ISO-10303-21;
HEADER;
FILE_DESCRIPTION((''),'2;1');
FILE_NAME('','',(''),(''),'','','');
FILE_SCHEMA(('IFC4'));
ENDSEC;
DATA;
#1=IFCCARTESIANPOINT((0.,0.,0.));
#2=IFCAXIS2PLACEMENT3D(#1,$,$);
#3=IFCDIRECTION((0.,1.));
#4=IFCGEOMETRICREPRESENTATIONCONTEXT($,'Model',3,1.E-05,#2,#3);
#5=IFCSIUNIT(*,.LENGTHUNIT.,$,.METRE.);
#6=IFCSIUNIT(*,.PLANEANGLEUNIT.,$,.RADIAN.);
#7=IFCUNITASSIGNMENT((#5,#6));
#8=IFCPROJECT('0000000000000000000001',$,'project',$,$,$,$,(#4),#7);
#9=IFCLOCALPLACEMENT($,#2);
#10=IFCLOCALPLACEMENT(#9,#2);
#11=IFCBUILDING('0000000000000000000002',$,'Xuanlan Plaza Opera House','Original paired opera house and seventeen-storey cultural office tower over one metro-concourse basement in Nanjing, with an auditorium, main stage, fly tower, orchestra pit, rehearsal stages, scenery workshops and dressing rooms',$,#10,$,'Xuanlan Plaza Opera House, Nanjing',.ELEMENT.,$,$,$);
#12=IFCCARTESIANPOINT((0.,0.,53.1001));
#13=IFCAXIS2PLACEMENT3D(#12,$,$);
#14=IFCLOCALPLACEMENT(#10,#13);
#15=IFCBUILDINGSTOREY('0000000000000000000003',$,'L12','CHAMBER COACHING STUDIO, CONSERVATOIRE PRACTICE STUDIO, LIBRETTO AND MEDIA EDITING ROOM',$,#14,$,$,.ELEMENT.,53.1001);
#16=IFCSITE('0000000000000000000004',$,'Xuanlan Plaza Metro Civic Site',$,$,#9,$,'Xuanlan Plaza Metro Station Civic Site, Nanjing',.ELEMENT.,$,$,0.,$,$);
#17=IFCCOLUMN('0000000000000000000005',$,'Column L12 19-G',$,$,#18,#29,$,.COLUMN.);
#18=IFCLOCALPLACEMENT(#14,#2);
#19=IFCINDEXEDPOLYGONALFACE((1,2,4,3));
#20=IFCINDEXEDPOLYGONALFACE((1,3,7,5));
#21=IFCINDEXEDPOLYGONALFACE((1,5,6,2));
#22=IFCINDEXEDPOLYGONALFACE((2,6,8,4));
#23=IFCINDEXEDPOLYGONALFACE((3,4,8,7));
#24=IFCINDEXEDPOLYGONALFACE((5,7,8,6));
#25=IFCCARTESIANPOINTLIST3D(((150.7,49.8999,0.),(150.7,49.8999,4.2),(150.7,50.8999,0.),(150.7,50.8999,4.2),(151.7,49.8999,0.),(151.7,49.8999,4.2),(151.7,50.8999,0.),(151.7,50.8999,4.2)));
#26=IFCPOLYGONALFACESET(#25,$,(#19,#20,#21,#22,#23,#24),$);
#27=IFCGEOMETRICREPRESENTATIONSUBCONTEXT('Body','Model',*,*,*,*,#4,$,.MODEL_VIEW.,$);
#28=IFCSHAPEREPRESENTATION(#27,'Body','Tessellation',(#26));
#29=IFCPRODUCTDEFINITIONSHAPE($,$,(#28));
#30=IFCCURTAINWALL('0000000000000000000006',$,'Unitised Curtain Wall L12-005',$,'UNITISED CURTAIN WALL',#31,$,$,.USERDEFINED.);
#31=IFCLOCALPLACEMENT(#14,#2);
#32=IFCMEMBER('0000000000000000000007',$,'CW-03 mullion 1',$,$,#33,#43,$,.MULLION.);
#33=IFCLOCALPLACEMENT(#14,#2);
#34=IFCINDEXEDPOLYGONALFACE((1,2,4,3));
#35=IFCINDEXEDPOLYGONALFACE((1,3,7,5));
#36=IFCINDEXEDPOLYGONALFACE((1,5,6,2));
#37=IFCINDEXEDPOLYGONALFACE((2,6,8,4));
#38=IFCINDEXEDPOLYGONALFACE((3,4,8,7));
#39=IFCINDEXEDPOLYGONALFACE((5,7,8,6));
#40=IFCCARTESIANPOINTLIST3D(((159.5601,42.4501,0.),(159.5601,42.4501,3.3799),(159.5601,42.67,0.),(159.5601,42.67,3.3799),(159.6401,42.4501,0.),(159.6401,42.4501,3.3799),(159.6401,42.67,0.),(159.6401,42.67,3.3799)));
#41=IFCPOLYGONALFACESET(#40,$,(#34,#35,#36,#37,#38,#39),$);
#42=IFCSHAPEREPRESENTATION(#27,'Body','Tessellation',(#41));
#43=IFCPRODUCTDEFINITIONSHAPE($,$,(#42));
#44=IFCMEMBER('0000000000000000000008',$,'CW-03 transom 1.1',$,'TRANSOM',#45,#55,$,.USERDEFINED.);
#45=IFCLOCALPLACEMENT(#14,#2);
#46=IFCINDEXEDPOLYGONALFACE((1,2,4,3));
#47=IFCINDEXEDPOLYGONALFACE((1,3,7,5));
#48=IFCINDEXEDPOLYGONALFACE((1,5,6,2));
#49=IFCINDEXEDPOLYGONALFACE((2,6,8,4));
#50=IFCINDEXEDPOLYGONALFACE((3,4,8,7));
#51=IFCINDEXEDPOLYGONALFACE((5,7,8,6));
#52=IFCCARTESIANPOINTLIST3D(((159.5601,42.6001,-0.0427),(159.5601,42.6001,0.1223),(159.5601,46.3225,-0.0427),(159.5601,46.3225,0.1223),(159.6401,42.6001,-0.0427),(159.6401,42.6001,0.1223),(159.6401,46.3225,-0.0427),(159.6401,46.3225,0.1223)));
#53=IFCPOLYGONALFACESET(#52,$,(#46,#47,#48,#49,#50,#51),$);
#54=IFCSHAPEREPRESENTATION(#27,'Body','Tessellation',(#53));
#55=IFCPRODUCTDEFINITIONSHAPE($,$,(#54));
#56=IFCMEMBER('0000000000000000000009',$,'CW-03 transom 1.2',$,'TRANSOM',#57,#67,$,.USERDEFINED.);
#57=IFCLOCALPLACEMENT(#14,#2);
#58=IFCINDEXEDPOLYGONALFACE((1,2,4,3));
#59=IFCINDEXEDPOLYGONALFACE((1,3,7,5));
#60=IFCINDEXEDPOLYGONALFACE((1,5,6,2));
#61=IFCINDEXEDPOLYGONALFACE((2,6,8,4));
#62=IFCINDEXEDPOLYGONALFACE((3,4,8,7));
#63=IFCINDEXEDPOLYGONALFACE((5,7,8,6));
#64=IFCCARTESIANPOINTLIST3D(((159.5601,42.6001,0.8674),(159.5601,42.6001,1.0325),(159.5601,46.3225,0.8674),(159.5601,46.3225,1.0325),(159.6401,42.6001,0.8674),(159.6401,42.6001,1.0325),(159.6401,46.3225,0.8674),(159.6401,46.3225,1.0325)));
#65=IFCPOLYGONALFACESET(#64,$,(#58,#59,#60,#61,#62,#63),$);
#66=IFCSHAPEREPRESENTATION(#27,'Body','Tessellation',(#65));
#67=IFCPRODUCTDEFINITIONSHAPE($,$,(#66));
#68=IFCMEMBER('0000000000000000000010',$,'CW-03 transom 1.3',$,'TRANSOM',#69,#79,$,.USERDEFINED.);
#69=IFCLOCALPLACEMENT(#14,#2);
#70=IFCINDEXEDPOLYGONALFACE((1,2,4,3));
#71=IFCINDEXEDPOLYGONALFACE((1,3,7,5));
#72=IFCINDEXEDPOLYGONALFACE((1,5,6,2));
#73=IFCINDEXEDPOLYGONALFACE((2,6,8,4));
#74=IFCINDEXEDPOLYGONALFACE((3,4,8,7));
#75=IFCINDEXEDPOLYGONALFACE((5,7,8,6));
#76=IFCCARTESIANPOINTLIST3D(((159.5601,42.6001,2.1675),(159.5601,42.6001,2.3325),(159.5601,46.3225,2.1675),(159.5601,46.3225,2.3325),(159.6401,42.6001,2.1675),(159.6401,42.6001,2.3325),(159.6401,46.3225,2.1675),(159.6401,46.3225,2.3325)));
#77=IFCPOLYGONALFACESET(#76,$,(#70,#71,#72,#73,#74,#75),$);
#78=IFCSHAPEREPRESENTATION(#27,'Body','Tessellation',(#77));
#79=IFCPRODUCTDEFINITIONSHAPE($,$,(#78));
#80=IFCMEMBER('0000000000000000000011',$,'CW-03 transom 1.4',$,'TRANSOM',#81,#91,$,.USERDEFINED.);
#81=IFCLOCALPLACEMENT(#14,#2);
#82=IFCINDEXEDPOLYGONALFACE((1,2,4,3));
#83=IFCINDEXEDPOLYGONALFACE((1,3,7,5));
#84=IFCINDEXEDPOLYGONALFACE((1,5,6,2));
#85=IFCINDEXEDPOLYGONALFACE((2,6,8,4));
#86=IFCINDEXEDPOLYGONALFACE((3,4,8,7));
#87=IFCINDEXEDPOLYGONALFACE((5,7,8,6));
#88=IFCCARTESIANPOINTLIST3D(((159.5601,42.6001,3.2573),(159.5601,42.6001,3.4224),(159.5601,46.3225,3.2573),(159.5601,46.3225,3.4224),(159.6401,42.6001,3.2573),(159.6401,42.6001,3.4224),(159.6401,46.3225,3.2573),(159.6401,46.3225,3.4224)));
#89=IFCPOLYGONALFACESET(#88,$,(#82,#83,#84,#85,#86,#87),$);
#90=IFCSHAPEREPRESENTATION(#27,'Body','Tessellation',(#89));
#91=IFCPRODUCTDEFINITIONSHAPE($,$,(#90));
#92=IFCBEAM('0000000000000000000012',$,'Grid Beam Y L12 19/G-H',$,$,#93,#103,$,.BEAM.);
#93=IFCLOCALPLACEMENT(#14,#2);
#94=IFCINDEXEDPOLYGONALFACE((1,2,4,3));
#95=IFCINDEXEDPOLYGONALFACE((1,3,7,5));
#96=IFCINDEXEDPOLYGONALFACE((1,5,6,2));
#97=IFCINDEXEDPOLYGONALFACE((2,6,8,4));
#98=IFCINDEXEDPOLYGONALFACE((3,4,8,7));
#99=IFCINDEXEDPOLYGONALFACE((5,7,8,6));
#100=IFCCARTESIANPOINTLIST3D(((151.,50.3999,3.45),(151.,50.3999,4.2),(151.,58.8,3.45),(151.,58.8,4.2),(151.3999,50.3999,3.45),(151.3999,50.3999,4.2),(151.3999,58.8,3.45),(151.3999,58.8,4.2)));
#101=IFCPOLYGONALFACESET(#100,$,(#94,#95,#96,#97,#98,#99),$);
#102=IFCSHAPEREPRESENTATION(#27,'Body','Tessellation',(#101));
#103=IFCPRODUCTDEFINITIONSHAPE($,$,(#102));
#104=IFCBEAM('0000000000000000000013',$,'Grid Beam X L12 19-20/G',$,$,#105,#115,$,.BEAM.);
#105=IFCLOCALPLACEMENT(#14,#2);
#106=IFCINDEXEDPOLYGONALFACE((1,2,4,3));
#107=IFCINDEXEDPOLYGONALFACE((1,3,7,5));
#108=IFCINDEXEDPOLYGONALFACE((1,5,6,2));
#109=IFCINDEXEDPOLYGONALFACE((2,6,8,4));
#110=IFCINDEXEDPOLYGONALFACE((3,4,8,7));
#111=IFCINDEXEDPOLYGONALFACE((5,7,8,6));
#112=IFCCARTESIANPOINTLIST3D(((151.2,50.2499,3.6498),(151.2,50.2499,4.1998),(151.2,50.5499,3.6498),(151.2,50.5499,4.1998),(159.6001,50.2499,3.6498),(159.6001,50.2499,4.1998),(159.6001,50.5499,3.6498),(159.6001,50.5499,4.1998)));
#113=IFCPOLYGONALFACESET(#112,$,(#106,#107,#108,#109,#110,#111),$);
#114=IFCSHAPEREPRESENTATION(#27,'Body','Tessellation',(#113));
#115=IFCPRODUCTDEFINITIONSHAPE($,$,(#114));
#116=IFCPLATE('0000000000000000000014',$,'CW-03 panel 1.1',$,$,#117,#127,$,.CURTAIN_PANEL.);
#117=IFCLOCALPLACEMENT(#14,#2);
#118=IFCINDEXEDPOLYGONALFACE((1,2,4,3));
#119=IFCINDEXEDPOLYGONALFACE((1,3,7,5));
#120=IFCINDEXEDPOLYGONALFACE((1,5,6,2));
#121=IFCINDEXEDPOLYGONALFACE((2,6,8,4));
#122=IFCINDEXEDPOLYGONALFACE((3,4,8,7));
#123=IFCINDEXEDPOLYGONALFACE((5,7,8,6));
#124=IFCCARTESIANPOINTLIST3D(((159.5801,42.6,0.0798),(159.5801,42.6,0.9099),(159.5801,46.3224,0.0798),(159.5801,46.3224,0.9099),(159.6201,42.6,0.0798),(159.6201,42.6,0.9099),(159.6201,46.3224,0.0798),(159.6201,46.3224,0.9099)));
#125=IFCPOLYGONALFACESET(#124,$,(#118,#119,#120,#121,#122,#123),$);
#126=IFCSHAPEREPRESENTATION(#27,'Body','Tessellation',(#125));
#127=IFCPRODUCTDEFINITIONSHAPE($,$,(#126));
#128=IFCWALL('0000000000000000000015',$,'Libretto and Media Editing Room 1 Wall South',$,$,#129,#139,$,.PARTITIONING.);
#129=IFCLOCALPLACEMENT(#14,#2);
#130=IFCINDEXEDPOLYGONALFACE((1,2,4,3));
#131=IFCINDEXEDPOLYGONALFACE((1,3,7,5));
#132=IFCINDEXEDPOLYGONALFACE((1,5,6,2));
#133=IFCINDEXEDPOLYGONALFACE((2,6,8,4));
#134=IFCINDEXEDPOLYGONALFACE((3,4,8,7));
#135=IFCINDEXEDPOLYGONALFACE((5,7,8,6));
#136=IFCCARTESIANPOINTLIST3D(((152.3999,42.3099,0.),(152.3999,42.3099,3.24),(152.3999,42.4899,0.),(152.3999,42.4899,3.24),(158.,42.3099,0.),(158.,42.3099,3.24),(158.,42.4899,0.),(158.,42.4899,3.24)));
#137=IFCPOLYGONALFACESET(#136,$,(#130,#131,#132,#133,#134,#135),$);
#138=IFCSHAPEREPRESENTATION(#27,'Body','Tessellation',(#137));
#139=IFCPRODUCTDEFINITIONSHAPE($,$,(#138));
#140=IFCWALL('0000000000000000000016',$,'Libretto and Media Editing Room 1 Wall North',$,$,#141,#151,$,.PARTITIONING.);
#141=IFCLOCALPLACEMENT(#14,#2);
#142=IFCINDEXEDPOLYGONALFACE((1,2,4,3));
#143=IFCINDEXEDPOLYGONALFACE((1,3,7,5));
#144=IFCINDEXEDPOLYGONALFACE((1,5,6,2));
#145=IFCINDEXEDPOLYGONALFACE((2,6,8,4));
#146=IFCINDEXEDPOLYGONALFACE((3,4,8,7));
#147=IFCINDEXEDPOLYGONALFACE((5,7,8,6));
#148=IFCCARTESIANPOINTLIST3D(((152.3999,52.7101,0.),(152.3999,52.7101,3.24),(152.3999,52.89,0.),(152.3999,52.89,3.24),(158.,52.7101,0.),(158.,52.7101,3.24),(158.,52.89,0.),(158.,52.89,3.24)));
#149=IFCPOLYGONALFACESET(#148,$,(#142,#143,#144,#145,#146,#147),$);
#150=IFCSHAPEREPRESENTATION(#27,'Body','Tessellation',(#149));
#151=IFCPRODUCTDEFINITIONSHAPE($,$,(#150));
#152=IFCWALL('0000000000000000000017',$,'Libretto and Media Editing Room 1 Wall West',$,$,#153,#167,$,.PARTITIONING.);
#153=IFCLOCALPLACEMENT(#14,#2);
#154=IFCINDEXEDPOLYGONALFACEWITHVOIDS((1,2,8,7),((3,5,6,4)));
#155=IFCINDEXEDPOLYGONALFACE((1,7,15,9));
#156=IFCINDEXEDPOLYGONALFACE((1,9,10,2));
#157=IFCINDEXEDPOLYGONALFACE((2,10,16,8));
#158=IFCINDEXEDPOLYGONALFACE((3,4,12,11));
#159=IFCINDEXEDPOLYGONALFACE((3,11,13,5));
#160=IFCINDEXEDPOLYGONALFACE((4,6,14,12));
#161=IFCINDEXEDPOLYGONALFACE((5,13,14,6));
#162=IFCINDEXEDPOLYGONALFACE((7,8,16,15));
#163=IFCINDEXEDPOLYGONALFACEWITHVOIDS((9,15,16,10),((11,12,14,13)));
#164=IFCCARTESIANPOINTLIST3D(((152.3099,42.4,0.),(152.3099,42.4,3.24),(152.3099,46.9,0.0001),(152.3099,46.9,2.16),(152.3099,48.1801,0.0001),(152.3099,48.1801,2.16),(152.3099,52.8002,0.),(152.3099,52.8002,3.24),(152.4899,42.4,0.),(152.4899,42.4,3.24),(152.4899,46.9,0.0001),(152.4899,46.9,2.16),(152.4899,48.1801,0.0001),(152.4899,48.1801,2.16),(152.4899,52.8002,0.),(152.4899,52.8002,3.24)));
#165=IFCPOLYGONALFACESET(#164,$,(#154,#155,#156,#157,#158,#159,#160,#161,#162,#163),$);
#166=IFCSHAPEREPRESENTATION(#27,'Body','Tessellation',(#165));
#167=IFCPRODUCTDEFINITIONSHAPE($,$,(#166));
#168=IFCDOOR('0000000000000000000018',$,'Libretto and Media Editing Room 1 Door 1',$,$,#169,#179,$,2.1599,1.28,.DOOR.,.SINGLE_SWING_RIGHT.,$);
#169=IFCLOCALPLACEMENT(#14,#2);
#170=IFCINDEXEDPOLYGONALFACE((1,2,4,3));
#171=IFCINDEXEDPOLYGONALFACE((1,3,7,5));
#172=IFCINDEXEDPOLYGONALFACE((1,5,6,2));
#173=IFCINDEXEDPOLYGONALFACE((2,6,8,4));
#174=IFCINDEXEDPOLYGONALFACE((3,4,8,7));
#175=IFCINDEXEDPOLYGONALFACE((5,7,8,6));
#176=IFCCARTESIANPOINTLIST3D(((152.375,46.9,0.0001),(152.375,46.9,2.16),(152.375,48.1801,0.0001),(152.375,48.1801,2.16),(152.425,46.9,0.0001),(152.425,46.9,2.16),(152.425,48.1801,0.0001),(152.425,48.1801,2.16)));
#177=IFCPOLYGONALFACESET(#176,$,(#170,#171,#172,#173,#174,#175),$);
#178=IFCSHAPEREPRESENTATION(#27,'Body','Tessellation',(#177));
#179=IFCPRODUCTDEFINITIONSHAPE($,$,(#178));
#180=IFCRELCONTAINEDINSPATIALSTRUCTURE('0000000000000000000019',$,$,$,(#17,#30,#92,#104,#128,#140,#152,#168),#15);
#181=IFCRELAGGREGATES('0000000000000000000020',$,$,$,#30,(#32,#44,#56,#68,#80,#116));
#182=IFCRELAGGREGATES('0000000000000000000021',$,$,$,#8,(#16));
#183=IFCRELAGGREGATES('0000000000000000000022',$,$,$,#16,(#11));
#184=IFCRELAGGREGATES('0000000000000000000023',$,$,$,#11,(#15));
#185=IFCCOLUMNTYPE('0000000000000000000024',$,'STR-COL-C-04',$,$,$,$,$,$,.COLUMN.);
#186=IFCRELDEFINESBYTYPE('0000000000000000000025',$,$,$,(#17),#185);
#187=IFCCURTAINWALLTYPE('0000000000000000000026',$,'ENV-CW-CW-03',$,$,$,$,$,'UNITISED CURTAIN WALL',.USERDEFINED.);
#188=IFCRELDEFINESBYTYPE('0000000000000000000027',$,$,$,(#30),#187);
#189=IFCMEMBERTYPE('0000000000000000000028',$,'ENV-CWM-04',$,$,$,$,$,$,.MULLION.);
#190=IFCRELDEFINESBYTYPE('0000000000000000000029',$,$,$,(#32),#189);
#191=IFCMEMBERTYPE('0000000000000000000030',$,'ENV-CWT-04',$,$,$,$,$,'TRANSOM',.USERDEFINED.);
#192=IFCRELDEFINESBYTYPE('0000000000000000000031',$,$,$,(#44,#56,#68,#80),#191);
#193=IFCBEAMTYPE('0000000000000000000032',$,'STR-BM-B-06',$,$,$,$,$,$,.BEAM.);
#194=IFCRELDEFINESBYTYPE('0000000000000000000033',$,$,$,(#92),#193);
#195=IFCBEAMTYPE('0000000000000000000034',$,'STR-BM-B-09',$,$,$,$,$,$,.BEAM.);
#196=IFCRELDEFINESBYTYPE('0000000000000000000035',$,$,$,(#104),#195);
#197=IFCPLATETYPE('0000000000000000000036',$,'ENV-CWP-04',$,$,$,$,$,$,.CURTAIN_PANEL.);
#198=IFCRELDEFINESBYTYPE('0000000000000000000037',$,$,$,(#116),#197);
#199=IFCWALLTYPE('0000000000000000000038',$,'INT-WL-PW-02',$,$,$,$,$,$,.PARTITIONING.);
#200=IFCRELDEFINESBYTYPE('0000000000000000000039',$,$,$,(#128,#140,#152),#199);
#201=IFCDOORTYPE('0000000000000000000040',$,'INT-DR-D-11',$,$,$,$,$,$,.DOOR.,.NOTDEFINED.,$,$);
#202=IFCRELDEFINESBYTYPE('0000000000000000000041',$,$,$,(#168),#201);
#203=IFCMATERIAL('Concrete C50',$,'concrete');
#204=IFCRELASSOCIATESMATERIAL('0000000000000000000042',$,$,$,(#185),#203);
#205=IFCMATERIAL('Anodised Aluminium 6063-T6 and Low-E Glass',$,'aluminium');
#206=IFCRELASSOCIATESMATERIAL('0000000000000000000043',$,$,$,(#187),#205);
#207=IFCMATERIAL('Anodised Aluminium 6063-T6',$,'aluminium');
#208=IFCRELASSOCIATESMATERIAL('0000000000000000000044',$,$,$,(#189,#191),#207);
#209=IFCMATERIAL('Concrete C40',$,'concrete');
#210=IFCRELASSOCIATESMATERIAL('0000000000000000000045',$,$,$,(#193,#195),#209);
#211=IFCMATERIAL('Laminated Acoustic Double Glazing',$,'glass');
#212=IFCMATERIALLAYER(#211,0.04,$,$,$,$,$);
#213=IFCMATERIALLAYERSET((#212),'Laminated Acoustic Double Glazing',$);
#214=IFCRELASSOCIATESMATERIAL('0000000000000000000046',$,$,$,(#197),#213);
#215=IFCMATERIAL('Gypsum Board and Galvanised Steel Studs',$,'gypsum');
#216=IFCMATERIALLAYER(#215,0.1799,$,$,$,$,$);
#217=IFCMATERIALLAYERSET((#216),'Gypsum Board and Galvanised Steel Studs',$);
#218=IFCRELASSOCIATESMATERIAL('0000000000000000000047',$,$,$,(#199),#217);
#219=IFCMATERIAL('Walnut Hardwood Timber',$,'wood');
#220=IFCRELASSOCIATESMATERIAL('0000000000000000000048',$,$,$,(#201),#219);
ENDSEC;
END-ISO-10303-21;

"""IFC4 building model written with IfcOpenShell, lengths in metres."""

from ifc_helpers import new_model, si_unit, direction, frame, frame_2d, origin, origin_2d, place, context, subcontext, project, spatial, rectangle, extrude, material, layer, layer_set, material_profile, profile_set, type_object, element, fill, aggregate, save


model = new_model("IFC4")

# Units and contexts
model_context = context("Model", 3, precision=1e-05, world=origin(), true_north=direction((0.0, 1.0)))
body_context = subcontext(model_context, "Body", "Model", "MODEL_VIEW")
ifc_project = project(units=[si_unit("LENGTHUNIT", "METRE"), si_unit("PLANEANGLEUNIT", "RADIAN")], contexts=[model_context])

# Site, building, storey
site_placement = place(None, origin())
site = spatial("IfcSite", under=ifc_project, at=site_placement, Name="Xuanlan Plaza Metro Civic Site", LongName="Xuanlan Plaza Metro Station Civic Site, Nanjing", CompositionType="ELEMENT", RefElevation=0.0)
building_placement = place(site_placement, origin())
building = spatial("IfcBuilding", under=site, at=building_placement, Name="Xuanlan Plaza Opera House", Description="Original paired opera house and seventeen-storey cultural office tower over one metro-concourse basement in Nanjing, with an auditorium, main stage, fly tower, orchestra pit, rehearsal stages, scenery workshops and dressing rooms", LongName="Xuanlan Plaza Opera House, Nanjing", CompositionType="ELEMENT")
storey_placement = place(building_placement, frame((0.0, 0.0, 53.1001)))
storey = spatial("IfcBuildingStorey", under=building, at=storey_placement, Name="L12", Description="CHAMBER COACHING STUDIO, CONSERVATOIRE PRACTICE STUDIO, LIBRETTO AND MEDIA EDITING ROOM", CompositionType="ELEMENT", Elevation=53.1001)

# Column
ifc_material_1 = material(Name="Concrete C50", Category="concrete")
ifc_material_profile_1 = material_profile(ifc_material_1, rectangle(XDim=1.0, YDim=1.0, at=origin_2d()), Name="RC-COL 1000x1000")
ifc_profile_set_1 = profile_set([ifc_material_profile_1], Name="Concrete C50")
column_type = type_object("IfcColumnType", Name="STR-COL-C-04", PredefinedType="COLUMN", material=ifc_profile_set_1)
column_placement = place(storey_placement, frame((151.2, 50.3999, 0.0), z_axis=(0.0, 0.0, 1.0), x_axis=(1.0, 0.0, 0.0)))
element("IfcColumn", 1, at=column_placement, inside=storey, type_object=column_type, Name="Column L12 19-G", PredefinedType="COLUMN", context=body_context, shape_type="SweptSolid", body=[
    extrude(rectangle(XDim=1.0, YDim=1.0, at=origin_2d()), origin(), (0.0, 0.0, 1.0), 4.2),
])

# Curtain wall, members
ifc_material_2 = material(Name="Anodised Aluminium 6063-T6 and Low-E Glass", Category="aluminium")
curtain_wall_type = type_object("IfcCurtainWallType", Name="ENV-CW-CW-03", ElementType="UNITISED CURTAIN WALL", PredefinedType="USERDEFINED", material=ifc_material_2)
curtain_wall_placement = place(storey_placement, origin())
curtain_wall = element("IfcCurtainWall", 2, at=curtain_wall_placement, inside=storey, type_object=curtain_wall_type, Name="Unitised Curtain Wall L12-005", ObjectType="UNITISED CURTAIN WALL", PredefinedType="USERDEFINED")
ifc_material_3 = material(Name="Anodised Aluminium 6063-T6", Category="aluminium")
ifc_material_profile_2 = material_profile(ifc_material_3, rectangle(XDim=0.0801, YDim=0.22, at=origin_2d()), Name="ALU-M 80x220")
ifc_profile_set_2 = profile_set([ifc_material_profile_2], Name="Anodised Aluminium 6063-T6")
member_type_1 = type_object("IfcMemberType", Name="ENV-CWM-04", PredefinedType="MULLION", material=ifc_profile_set_2)
member_1_placement = place(storey_placement, frame((159.6001, 42.5601, 0.0), z_axis=(0.0, 0.0, 1.0), x_axis=(-1.0, 0.0, 0.0)))
member_1 = element("IfcMember", 3, at=member_1_placement, type_object=member_type_1, Name="CW-03 mullion 1", PredefinedType="MULLION", context=body_context, shape_type="SweptSolid", body=[
    extrude(rectangle(XDim=0.0801, YDim=0.22, at=origin_2d()), origin(), (0.0, 0.0, 1.0), 3.3799),
])
ifc_material_profile_3 = material_profile(ifc_material_3, rectangle(XDim=0.0801, YDim=0.165, at=origin_2d()), Name="ALU-T 80x165")
ifc_profile_set_3 = profile_set([ifc_material_profile_3], Name="Anodised Aluminium 6063-T6")
member_type_2 = type_object("IfcMemberType", Name="ENV-CWT-04", ElementType="TRANSOM", PredefinedType="USERDEFINED", material=ifc_profile_set_3)
member_2_placement = place(storey_placement, frame((159.6001, 42.6001, 0.0398), z_axis=(0.0, 1.0, 0.0), x_axis=(-1.0, 0.0, 0.0)))
member_2 = element("IfcMember", 4, at=member_2_placement, type_object=member_type_2, Name="CW-03 transom 1.1", ObjectType="TRANSOM", PredefinedType="USERDEFINED", context=body_context, shape_type="SweptSolid", body=[
    extrude(rectangle(XDim=0.0801, YDim=0.165, at=origin_2d()), origin(), (0.0, 0.0, 1.0), 3.7224),
])
member_3_placement = place(storey_placement, frame((159.6001, 42.6001, 0.95), z_axis=(0.0, 1.0, 0.0), x_axis=(-1.0, 0.0, 0.0)))
member_3 = element("IfcMember", 5, at=member_3_placement, type_object=member_type_2, Name="CW-03 transom 1.2", ObjectType="TRANSOM", PredefinedType="USERDEFINED", context=body_context, shape_type="SweptSolid", body=[
    extrude(rectangle(XDim=0.0801, YDim=0.165, at=origin_2d()), origin(), (0.0, 0.0, 1.0), 3.7224),
])
member_4_placement = place(storey_placement, frame((159.6001, 42.6001, 2.25), z_axis=(0.0, 1.0, 0.0), x_axis=(-1.0, 0.0, 0.0)))
member_4 = element("IfcMember", 6, at=member_4_placement, type_object=member_type_2, Name="CW-03 transom 1.3", ObjectType="TRANSOM", PredefinedType="USERDEFINED", context=body_context, shape_type="SweptSolid", body=[
    extrude(rectangle(XDim=0.0801, YDim=0.165, at=origin_2d()), origin(), (0.0, 0.0, 1.0), 3.7224),
])
member_5_placement = place(storey_placement, frame((159.6001, 42.6001, 3.3398), z_axis=(0.0, 1.0, 0.0), x_axis=(-1.0, 0.0, 0.0)))
member_5 = element("IfcMember", 7, at=member_5_placement, type_object=member_type_2, Name="CW-03 transom 1.4", ObjectType="TRANSOM", PredefinedType="USERDEFINED", context=body_context, shape_type="SweptSolid", body=[
    extrude(rectangle(XDim=0.0801, YDim=0.165, at=origin_2d()), origin(), (0.0, 0.0, 1.0), 3.7224),
])

# Beams
ifc_material_4 = material(Name="Concrete C40", Category="concrete")
ifc_material_profile_4 = material_profile(ifc_material_4, rectangle(XDim=0.3999, YDim=0.75, at=origin_2d()), Name="RC-BM 400x750")
ifc_profile_set_4 = profile_set([ifc_material_profile_4], Name="Concrete C40")
beam_type_1 = type_object("IfcBeamType", Name="STR-BM-B-06", PredefinedType="BEAM", material=ifc_profile_set_4)
beam_1_placement = place(storey_placement, frame((151.2, 50.3999, 3.825), z_axis=(0.0, 1.0, 0.0), x_axis=(-1.0, 0.0, 0.0)))
element("IfcBeam", 8, at=beam_1_placement, inside=storey, type_object=beam_type_1, Name="Grid Beam Y L12 19/G-H", PredefinedType="BEAM", context=body_context, shape_type="SweptSolid", body=[
    extrude(rectangle(XDim=0.3999, YDim=0.75, at=origin_2d()), origin(), (0.0, 0.0, 1.0), 8.4001),
])
ifc_material_profile_5 = material_profile(ifc_material_4, rectangle(XDim=0.3, YDim=0.55, at=origin_2d()), Name="RC-BM 300x550")
ifc_profile_set_5 = profile_set([ifc_material_profile_5], Name="Concrete C40")
beam_type_2 = type_object("IfcBeamType", Name="STR-BM-B-09", PredefinedType="BEAM", material=ifc_profile_set_5)
beam_2_placement = place(storey_placement, frame((151.2, 50.3999, 3.9248), z_axis=(1.0, 0.0, 0.0), x_axis=(0.0, 1.0, 0.0)))
element("IfcBeam", 9, at=beam_2_placement, inside=storey, type_object=beam_type_2, Name="Grid Beam X L12 19-20/G", PredefinedType="BEAM", context=body_context, shape_type="SweptSolid", body=[
    extrude(rectangle(XDim=0.3, YDim=0.55, at=origin_2d()), origin(), (0.0, 0.0, 1.0), 8.4001),
])

# Plate
ifc_material_5 = material(Name="Laminated Acoustic Double Glazing", Category="glass")
ifc_layer_1 = layer(ifc_material_5, 0.04)
ifc_layer_set_1 = layer_set([ifc_layer_1], Name="Laminated Acoustic Double Glazing")
plate_type = type_object("IfcPlateType", Name="ENV-CWP-04", PredefinedType="CURTAIN_PANEL", material=ifc_layer_set_1)
plate_placement = place(storey_placement, frame((159.6001, 44.4612, 0.0798), z_axis=(0.0, 0.0, 1.0), x_axis=(0.0, 1.0, 0.0)))
plate = element("IfcPlate", 10, at=plate_placement, type_object=plate_type, Name="CW-03 panel 1.1", PredefinedType="CURTAIN_PANEL", context=body_context, shape_type="SweptSolid", body=[
    extrude(rectangle(XDim=3.7224, YDim=0.04, at=origin_2d()), origin(), (0.0, 0.0, 1.0), 0.8301),
])
aggregate(curtain_wall, [member_1, member_2, member_3, member_4, member_5, plate])

# Walls
ifc_material_6 = material(Name="Gypsum Board and Galvanised Steel Studs", Category="gypsum")
ifc_layer_2 = layer(ifc_material_6, 0.1799)
ifc_layer_set_2 = layer_set([ifc_layer_2], Name="Gypsum Board and Galvanised Steel Studs")
wall_type_1 = type_object("IfcWallType", Name="INT-WL-PW-02", PredefinedType="PARTITIONING", material=ifc_layer_set_2)
for number, where, z_axis, x_axis, name in (
    (11, (152.3999, 42.3999, 0.0), (0.0, 0.0, 1.0), (1.0, 0.0, 0.0), "Libretto and Media Editing Room 1 Wall South"),
    (12, (152.3999, 52.8, 0.0), (0.0, 0.0, 1.0), (1.0, 0.0, 0.0), "Libretto and Media Editing Room 1 Wall North"),
):
    element("IfcWall", number, at=place(storey_placement, frame(where, z_axis=z_axis, x_axis=x_axis)), inside=storey, type_object=wall_type_1, Name=name, PredefinedType="PARTITIONING", context=body_context, shape_type="SweptSolid", body=[
        extrude(rectangle(XDim=5.6001, YDim=0.1799, at=frame_2d((2.8, 0.0))), origin(), (0.0, 0.0, 1.0), 3.24),
    ])

# Wall, opening, door
wall_1_placement = place(storey_placement, frame((152.3999, 42.3999, 0.0), z_axis=(0.0, 0.0, 1.0), x_axis=(0.0, 1.0, 0.0)))
wall_1 = element("IfcWall", 13, at=wall_1_placement, inside=storey, type_object=wall_type_1, Name="Libretto and Media Editing Room 1 Wall West", PredefinedType="PARTITIONING", context=body_context, shape_type="SweptSolid", body=[
    extrude(rectangle(XDim=10.4001, YDim=0.1799, at=frame_2d((5.2002, 0.0))), origin(), (0.0, 0.0, 1.0), 3.24),
])
opening_1_placement = place(wall_1_placement, frame((4.5, 0.0, 0.0)))
opening_1 = element("IfcOpeningElement", 14, at=opening_1_placement, cuts=wall_1, PredefinedType="OPENING", context=body_context, shape_type="SweptSolid", body=[
    extrude(rectangle(XDim=1.28, YDim=2.1599, at=frame_2d((0.6401, 1.0801))), frame((0.0, 0.0999, 0.0), z_axis=(0.0, -1.0, 0.0), x_axis=(1.0, 0.0, 0.0)), (0.0, 0.0, 1.0), 0.2),
])
ifc_material_7 = material(Name="Walnut Hardwood Timber", Category="wood")
door_type_1 = type_object("IfcDoorType", Name="INT-DR-D-11", OperationType="NOTDEFINED", PredefinedType="DOOR", material=ifc_material_7)
door_1_placement = place(opening_1_placement, origin())
door_1 = element("IfcDoor", 15, at=door_1_placement, inside=storey, type_object=door_type_1, Name="Libretto and Media Editing Room 1 Door 1", OperationType="SINGLE_SWING_RIGHT", OverallHeight=2.1599, OverallWidth=1.28, PredefinedType="DOOR", context=body_context, shape_type="SweptSolid", body=[
    extrude(rectangle(XDim=1.28, YDim=2.1599, at=frame_2d((0.6401, 1.0801))), frame((0.0, 0.0249, 0.0), z_axis=(0.0, -1.0, 0.0), x_axis=(1.0, 0.0, 0.0)), (0.0, 0.0, 1.0), 0.05),
])
fill(opening_1, door_1)

save(model, "model.ifc")
